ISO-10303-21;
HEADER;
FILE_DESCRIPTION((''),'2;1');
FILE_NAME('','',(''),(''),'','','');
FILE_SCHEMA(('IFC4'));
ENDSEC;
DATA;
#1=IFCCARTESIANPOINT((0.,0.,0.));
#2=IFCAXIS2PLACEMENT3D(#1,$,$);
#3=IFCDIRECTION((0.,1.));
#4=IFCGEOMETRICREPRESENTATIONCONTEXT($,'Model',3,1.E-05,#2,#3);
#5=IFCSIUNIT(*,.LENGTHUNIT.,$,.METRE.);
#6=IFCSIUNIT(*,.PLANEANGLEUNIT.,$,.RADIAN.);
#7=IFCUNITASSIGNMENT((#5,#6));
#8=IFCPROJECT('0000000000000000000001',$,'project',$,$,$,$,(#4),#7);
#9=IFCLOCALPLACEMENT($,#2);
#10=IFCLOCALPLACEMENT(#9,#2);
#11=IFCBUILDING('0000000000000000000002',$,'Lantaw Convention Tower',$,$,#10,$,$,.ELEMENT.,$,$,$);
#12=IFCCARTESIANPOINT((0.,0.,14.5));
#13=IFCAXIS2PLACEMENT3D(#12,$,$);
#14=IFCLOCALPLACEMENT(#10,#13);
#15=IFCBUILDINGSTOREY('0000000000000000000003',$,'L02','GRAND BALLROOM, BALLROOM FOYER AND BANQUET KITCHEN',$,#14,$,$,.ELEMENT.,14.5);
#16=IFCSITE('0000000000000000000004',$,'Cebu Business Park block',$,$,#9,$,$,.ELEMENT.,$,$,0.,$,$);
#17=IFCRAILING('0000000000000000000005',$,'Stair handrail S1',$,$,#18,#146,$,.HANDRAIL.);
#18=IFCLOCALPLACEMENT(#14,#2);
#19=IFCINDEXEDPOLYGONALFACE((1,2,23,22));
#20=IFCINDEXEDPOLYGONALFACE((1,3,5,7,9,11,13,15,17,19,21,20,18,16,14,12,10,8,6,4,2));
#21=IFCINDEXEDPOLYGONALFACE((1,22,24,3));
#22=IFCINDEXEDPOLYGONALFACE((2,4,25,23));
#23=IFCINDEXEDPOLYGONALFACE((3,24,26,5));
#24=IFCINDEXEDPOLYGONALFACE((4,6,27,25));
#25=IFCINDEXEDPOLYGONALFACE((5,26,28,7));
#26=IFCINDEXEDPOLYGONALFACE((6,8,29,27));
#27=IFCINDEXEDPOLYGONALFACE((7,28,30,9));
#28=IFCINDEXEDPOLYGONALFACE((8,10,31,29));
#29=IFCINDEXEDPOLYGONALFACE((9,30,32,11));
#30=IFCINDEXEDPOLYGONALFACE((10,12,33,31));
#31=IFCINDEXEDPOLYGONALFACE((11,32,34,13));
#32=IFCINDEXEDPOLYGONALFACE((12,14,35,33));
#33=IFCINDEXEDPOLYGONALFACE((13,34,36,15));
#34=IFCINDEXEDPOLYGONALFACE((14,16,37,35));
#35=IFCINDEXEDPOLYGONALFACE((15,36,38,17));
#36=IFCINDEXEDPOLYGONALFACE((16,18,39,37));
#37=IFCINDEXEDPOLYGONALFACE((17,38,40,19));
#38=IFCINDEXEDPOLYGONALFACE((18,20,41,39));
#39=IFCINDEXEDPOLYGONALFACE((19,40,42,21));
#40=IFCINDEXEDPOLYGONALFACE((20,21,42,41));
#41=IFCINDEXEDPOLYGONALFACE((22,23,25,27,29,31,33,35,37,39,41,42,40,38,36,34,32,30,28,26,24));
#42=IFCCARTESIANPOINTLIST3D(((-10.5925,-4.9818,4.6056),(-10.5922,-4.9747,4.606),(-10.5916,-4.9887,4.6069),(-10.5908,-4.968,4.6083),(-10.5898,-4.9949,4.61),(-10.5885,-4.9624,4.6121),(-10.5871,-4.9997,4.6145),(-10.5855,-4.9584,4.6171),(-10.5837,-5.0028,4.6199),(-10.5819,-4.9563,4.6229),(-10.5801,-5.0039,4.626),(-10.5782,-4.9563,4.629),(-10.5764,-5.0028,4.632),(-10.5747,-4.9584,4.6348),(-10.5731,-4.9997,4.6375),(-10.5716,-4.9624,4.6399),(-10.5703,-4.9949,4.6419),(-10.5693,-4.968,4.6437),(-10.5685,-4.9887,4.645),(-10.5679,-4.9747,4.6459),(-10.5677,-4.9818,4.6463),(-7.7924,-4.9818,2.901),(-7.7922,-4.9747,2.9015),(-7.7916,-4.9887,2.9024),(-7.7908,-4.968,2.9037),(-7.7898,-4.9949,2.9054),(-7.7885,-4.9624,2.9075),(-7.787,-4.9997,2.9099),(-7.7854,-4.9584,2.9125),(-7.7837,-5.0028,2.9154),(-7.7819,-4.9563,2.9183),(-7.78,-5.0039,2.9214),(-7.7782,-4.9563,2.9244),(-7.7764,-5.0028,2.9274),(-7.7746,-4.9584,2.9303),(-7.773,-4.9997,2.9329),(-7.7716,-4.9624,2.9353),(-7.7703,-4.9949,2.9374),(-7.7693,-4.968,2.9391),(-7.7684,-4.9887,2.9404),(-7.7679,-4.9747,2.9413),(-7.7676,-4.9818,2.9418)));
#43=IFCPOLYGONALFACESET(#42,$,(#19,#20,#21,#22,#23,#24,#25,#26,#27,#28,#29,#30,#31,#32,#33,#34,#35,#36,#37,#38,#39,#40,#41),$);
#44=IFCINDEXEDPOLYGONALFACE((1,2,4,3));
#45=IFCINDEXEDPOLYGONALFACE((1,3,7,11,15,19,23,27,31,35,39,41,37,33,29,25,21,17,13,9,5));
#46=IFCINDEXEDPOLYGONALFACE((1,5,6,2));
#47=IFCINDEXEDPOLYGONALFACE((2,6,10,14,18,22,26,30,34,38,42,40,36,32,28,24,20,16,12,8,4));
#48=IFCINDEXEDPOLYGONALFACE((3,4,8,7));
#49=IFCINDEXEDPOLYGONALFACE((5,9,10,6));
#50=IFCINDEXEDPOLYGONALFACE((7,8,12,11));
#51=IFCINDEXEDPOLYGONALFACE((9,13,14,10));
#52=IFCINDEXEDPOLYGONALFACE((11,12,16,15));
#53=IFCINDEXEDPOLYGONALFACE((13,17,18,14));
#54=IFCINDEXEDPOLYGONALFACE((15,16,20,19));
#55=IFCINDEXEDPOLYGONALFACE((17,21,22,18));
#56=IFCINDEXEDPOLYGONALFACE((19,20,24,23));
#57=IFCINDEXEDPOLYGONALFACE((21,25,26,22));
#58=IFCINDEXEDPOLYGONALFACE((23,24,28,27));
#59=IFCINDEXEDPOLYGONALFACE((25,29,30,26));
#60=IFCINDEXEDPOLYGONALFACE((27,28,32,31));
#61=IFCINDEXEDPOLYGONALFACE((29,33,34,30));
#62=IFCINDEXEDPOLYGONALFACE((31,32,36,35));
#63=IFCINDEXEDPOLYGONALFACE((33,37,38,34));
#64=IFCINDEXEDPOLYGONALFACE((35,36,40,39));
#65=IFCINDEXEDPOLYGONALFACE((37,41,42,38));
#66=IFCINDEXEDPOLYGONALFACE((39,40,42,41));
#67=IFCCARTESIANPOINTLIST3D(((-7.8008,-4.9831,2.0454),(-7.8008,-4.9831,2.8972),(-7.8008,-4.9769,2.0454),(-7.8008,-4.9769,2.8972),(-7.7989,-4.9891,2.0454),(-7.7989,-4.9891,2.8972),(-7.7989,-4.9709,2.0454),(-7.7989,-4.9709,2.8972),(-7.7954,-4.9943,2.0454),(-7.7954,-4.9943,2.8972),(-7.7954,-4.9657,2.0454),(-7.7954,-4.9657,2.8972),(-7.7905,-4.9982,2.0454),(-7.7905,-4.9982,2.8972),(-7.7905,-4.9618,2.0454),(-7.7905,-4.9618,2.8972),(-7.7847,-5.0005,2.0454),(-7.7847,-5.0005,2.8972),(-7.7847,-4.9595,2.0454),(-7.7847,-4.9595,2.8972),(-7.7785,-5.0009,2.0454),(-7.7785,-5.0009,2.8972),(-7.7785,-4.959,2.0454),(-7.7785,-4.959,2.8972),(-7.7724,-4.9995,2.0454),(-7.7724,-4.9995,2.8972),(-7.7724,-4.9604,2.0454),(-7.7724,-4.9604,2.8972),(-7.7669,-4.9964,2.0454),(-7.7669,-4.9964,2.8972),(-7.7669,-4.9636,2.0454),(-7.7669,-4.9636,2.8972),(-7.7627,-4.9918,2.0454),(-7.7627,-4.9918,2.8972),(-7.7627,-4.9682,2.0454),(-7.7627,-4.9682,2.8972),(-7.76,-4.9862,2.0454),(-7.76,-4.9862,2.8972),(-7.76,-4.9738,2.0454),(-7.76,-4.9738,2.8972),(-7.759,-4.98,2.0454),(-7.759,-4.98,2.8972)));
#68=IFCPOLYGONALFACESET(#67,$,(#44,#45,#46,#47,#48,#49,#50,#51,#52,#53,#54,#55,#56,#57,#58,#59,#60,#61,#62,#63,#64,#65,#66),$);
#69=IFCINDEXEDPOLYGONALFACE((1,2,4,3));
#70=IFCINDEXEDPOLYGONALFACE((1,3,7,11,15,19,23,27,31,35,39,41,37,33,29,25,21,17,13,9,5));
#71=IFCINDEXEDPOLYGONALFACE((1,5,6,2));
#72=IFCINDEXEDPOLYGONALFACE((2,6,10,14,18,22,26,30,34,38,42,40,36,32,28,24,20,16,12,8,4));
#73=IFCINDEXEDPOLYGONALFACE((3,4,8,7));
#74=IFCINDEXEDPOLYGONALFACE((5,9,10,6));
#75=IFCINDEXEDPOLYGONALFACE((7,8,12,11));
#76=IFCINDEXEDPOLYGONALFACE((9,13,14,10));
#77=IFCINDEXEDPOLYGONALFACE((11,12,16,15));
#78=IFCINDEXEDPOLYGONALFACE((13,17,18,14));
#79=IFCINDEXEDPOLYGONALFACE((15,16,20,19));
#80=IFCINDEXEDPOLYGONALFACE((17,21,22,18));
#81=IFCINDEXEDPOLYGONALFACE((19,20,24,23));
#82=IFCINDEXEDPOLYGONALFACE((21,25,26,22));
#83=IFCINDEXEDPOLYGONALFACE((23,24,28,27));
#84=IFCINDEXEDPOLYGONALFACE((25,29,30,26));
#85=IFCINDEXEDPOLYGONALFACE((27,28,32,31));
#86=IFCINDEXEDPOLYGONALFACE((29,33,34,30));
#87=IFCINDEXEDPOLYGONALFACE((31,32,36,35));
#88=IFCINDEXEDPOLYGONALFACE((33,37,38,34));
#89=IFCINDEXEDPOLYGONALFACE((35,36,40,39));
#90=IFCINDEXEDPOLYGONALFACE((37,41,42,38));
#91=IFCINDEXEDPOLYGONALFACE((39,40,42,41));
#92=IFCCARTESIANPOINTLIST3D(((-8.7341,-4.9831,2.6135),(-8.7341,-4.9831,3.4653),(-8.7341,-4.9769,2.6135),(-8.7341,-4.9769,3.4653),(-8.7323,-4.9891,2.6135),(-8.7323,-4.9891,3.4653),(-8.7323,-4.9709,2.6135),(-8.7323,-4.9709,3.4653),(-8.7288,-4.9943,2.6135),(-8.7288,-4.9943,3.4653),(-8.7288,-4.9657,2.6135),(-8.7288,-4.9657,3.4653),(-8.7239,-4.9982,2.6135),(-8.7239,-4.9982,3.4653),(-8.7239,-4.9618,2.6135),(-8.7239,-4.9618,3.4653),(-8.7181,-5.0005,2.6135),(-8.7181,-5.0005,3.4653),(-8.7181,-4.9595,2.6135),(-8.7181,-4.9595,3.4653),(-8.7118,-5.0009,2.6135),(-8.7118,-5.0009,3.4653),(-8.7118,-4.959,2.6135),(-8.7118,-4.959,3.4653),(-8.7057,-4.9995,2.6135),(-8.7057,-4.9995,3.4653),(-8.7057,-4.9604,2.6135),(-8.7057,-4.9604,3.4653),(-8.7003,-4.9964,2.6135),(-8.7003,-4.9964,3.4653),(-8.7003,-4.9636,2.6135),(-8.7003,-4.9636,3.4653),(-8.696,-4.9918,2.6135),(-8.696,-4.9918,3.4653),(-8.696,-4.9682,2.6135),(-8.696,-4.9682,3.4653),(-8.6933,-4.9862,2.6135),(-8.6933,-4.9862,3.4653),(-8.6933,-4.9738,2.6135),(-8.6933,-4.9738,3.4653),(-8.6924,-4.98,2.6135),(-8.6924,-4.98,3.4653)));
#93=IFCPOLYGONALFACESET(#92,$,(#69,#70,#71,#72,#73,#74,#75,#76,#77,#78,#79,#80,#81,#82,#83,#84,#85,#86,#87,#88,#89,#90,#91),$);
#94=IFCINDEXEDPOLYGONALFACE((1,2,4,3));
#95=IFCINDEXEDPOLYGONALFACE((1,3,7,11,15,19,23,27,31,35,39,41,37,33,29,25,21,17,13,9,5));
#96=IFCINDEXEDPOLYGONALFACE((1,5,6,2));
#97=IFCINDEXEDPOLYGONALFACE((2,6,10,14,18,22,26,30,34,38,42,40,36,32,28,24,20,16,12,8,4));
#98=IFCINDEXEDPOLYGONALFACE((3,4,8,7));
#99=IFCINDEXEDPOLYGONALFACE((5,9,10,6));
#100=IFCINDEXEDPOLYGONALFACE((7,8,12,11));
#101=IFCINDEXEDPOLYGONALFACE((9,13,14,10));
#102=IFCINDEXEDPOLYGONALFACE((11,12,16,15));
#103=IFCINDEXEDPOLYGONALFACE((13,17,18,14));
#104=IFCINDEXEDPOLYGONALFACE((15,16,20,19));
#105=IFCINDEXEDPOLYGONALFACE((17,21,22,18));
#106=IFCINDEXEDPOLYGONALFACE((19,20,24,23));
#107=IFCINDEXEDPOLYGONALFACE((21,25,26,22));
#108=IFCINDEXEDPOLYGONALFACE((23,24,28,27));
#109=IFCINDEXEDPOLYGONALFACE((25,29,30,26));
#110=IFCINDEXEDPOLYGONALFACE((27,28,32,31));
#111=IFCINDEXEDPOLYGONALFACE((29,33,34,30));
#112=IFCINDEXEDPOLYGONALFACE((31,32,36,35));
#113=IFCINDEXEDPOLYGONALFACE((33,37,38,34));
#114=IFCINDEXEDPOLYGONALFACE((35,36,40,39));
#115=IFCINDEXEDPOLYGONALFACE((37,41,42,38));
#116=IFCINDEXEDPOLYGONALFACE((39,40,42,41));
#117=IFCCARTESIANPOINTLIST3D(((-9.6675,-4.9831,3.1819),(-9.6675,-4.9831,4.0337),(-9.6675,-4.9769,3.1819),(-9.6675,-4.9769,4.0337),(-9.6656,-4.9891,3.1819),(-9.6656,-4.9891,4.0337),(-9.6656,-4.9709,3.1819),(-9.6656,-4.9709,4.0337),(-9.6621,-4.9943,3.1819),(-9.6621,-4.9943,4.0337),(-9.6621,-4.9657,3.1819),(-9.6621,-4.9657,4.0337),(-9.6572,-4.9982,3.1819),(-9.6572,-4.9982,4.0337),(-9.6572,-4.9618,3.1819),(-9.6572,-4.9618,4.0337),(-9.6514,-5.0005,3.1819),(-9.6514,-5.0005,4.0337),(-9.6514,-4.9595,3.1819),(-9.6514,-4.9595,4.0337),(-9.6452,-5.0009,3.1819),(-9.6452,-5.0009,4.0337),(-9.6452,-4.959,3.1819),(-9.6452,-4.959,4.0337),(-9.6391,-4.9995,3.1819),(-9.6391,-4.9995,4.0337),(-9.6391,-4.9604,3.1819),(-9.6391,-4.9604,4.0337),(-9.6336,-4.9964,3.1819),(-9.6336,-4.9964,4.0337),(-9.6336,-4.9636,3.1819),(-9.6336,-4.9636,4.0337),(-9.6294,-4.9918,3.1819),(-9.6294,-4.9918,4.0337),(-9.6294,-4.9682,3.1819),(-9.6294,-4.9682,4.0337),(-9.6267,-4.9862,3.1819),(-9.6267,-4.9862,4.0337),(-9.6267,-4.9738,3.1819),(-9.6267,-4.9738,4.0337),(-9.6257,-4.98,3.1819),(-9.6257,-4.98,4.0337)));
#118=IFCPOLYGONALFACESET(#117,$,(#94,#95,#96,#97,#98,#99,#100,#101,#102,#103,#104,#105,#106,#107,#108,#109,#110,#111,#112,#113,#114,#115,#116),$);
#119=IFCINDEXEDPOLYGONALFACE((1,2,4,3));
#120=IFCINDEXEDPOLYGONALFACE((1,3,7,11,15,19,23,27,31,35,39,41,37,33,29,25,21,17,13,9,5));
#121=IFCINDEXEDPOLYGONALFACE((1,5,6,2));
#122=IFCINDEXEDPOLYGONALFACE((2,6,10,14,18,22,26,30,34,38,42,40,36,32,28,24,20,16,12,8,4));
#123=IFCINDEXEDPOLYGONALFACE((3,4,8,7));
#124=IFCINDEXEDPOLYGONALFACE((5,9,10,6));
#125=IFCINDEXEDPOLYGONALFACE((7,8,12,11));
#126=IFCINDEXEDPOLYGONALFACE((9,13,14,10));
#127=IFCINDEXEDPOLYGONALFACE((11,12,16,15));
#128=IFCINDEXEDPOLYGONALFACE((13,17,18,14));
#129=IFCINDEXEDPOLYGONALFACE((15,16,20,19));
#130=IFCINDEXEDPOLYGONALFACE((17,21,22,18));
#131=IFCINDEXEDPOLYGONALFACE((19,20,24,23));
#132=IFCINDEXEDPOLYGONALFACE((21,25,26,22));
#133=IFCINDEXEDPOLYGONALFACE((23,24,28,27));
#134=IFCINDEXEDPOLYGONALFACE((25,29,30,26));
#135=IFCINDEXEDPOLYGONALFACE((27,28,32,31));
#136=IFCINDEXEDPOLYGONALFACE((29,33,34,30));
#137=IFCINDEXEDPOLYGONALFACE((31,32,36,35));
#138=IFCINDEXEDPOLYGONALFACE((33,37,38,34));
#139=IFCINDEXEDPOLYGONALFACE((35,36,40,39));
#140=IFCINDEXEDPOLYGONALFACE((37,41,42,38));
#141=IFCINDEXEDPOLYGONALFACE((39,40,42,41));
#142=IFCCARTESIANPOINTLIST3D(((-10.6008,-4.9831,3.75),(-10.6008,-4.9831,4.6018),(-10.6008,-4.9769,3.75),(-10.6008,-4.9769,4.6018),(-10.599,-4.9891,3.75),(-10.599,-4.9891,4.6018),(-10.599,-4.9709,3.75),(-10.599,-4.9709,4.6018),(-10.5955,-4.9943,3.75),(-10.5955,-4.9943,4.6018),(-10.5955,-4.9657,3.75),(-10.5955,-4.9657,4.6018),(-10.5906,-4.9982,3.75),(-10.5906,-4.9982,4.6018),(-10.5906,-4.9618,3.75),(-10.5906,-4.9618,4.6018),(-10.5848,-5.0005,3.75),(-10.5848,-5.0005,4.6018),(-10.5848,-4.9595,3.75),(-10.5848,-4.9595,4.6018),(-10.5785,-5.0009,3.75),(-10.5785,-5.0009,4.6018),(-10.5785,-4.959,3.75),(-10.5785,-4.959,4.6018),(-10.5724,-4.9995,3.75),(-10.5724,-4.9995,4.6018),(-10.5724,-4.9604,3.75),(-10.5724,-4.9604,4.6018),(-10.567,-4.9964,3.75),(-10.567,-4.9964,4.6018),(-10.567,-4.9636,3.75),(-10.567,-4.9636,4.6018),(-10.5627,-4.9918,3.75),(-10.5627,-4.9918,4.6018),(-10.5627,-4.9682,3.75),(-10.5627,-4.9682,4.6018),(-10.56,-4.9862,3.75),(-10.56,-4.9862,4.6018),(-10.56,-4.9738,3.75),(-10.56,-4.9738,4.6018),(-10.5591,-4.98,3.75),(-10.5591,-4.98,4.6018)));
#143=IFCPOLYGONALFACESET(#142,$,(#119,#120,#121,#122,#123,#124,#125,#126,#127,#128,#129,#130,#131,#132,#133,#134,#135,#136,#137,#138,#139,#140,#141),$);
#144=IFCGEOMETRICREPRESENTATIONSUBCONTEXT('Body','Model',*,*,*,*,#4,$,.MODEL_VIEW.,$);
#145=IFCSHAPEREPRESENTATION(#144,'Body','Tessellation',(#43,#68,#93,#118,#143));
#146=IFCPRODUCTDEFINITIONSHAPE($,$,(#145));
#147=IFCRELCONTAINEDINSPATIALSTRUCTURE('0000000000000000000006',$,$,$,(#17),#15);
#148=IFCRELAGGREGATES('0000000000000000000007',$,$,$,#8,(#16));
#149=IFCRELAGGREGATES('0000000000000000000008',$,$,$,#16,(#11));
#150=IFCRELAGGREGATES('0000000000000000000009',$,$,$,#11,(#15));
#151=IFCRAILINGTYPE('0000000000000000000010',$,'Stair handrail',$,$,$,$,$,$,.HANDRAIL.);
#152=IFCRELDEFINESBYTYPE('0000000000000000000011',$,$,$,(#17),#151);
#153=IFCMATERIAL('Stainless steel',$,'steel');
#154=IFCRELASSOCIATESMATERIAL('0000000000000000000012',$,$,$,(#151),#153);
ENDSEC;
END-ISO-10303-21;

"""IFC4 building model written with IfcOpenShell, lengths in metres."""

from ifc_helpers import new_model, si_unit, direction, frame, origin, origin_2d, place, context, subcontext, project, spatial, circle, extrude, material, type_object, element, save


model = new_model("IFC4")

# Units and contexts
model_context = context("Model", 3, precision=1e-05, world=origin(), true_north=direction((0.0, 1.0)))
body_context = subcontext(model_context, "Body", "Model", "MODEL_VIEW")
ifc_project = project(units=[si_unit("LENGTHUNIT", "METRE"), si_unit("PLANEANGLEUNIT", "RADIAN")], contexts=[model_context])

# Site, building, storey
site_placement = place(None, origin())
site = spatial("IfcSite", under=ifc_project, at=site_placement, Name="Cebu Business Park block", CompositionType="ELEMENT", RefElevation=0.0)
building_placement = place(site_placement, origin())
building = spatial("IfcBuilding", under=site, at=building_placement, Name="Lantaw Convention Tower", CompositionType="ELEMENT")
storey_placement = place(building_placement, frame((0.0, 0.0, 14.5)))
storey = spatial("IfcBuildingStorey", under=building, at=storey_placement, Name="L02", Description="GRAND BALLROOM, BALLROOM FOYER AND BANQUET KITCHEN", CompositionType="ELEMENT", Elevation=14.5)

# Railing
ifc_material_1 = material(Name="Stainless steel", Category="steel")
railing_type = type_object("IfcRailingType", Name="Stair handrail", PredefinedType="HANDRAIL", material=ifc_material_1)
railing_1_placement = place(storey_placement, frame((-7.78, -4.98, 2.0454)))
element("IfcRailing", 1, at=railing_1_placement, inside=storey, type_object=railing_type, Name="Stair handrail S1", PredefinedType="HANDRAIL", context=body_context, shape_type="SweptSolid", body=[
    extrude(circle(Radius=0.0239, at=origin_2d()), frame((0.0, 0.0, 0.876), z_axis=(-0.85417, 0.0, 0.519994), x_axis=(0.0, -1.0, 0.0)), (0.0, 0.0, 1.0), 3.2781),
    extrude(circle(Radius=0.021, at=origin_2d()), origin(), (0.0, 0.0, 1.0), 0.8518),
    extrude(circle(Radius=0.021, at=origin_2d()), frame((-0.9333, 0.0, 0.5681)), (0.0, 0.0, 1.0), 0.8518),
    extrude(circle(Radius=0.021, at=origin_2d()), frame((-1.8667, 0.0, 1.1365)), (0.0, 0.0, 1.0), 0.8518),
    extrude(circle(Radius=0.021, at=origin_2d()), frame((-2.8, 0.0, 1.7046)), (0.0, 0.0, 1.0), 0.8518),
])

save(model, "model.ifc")
